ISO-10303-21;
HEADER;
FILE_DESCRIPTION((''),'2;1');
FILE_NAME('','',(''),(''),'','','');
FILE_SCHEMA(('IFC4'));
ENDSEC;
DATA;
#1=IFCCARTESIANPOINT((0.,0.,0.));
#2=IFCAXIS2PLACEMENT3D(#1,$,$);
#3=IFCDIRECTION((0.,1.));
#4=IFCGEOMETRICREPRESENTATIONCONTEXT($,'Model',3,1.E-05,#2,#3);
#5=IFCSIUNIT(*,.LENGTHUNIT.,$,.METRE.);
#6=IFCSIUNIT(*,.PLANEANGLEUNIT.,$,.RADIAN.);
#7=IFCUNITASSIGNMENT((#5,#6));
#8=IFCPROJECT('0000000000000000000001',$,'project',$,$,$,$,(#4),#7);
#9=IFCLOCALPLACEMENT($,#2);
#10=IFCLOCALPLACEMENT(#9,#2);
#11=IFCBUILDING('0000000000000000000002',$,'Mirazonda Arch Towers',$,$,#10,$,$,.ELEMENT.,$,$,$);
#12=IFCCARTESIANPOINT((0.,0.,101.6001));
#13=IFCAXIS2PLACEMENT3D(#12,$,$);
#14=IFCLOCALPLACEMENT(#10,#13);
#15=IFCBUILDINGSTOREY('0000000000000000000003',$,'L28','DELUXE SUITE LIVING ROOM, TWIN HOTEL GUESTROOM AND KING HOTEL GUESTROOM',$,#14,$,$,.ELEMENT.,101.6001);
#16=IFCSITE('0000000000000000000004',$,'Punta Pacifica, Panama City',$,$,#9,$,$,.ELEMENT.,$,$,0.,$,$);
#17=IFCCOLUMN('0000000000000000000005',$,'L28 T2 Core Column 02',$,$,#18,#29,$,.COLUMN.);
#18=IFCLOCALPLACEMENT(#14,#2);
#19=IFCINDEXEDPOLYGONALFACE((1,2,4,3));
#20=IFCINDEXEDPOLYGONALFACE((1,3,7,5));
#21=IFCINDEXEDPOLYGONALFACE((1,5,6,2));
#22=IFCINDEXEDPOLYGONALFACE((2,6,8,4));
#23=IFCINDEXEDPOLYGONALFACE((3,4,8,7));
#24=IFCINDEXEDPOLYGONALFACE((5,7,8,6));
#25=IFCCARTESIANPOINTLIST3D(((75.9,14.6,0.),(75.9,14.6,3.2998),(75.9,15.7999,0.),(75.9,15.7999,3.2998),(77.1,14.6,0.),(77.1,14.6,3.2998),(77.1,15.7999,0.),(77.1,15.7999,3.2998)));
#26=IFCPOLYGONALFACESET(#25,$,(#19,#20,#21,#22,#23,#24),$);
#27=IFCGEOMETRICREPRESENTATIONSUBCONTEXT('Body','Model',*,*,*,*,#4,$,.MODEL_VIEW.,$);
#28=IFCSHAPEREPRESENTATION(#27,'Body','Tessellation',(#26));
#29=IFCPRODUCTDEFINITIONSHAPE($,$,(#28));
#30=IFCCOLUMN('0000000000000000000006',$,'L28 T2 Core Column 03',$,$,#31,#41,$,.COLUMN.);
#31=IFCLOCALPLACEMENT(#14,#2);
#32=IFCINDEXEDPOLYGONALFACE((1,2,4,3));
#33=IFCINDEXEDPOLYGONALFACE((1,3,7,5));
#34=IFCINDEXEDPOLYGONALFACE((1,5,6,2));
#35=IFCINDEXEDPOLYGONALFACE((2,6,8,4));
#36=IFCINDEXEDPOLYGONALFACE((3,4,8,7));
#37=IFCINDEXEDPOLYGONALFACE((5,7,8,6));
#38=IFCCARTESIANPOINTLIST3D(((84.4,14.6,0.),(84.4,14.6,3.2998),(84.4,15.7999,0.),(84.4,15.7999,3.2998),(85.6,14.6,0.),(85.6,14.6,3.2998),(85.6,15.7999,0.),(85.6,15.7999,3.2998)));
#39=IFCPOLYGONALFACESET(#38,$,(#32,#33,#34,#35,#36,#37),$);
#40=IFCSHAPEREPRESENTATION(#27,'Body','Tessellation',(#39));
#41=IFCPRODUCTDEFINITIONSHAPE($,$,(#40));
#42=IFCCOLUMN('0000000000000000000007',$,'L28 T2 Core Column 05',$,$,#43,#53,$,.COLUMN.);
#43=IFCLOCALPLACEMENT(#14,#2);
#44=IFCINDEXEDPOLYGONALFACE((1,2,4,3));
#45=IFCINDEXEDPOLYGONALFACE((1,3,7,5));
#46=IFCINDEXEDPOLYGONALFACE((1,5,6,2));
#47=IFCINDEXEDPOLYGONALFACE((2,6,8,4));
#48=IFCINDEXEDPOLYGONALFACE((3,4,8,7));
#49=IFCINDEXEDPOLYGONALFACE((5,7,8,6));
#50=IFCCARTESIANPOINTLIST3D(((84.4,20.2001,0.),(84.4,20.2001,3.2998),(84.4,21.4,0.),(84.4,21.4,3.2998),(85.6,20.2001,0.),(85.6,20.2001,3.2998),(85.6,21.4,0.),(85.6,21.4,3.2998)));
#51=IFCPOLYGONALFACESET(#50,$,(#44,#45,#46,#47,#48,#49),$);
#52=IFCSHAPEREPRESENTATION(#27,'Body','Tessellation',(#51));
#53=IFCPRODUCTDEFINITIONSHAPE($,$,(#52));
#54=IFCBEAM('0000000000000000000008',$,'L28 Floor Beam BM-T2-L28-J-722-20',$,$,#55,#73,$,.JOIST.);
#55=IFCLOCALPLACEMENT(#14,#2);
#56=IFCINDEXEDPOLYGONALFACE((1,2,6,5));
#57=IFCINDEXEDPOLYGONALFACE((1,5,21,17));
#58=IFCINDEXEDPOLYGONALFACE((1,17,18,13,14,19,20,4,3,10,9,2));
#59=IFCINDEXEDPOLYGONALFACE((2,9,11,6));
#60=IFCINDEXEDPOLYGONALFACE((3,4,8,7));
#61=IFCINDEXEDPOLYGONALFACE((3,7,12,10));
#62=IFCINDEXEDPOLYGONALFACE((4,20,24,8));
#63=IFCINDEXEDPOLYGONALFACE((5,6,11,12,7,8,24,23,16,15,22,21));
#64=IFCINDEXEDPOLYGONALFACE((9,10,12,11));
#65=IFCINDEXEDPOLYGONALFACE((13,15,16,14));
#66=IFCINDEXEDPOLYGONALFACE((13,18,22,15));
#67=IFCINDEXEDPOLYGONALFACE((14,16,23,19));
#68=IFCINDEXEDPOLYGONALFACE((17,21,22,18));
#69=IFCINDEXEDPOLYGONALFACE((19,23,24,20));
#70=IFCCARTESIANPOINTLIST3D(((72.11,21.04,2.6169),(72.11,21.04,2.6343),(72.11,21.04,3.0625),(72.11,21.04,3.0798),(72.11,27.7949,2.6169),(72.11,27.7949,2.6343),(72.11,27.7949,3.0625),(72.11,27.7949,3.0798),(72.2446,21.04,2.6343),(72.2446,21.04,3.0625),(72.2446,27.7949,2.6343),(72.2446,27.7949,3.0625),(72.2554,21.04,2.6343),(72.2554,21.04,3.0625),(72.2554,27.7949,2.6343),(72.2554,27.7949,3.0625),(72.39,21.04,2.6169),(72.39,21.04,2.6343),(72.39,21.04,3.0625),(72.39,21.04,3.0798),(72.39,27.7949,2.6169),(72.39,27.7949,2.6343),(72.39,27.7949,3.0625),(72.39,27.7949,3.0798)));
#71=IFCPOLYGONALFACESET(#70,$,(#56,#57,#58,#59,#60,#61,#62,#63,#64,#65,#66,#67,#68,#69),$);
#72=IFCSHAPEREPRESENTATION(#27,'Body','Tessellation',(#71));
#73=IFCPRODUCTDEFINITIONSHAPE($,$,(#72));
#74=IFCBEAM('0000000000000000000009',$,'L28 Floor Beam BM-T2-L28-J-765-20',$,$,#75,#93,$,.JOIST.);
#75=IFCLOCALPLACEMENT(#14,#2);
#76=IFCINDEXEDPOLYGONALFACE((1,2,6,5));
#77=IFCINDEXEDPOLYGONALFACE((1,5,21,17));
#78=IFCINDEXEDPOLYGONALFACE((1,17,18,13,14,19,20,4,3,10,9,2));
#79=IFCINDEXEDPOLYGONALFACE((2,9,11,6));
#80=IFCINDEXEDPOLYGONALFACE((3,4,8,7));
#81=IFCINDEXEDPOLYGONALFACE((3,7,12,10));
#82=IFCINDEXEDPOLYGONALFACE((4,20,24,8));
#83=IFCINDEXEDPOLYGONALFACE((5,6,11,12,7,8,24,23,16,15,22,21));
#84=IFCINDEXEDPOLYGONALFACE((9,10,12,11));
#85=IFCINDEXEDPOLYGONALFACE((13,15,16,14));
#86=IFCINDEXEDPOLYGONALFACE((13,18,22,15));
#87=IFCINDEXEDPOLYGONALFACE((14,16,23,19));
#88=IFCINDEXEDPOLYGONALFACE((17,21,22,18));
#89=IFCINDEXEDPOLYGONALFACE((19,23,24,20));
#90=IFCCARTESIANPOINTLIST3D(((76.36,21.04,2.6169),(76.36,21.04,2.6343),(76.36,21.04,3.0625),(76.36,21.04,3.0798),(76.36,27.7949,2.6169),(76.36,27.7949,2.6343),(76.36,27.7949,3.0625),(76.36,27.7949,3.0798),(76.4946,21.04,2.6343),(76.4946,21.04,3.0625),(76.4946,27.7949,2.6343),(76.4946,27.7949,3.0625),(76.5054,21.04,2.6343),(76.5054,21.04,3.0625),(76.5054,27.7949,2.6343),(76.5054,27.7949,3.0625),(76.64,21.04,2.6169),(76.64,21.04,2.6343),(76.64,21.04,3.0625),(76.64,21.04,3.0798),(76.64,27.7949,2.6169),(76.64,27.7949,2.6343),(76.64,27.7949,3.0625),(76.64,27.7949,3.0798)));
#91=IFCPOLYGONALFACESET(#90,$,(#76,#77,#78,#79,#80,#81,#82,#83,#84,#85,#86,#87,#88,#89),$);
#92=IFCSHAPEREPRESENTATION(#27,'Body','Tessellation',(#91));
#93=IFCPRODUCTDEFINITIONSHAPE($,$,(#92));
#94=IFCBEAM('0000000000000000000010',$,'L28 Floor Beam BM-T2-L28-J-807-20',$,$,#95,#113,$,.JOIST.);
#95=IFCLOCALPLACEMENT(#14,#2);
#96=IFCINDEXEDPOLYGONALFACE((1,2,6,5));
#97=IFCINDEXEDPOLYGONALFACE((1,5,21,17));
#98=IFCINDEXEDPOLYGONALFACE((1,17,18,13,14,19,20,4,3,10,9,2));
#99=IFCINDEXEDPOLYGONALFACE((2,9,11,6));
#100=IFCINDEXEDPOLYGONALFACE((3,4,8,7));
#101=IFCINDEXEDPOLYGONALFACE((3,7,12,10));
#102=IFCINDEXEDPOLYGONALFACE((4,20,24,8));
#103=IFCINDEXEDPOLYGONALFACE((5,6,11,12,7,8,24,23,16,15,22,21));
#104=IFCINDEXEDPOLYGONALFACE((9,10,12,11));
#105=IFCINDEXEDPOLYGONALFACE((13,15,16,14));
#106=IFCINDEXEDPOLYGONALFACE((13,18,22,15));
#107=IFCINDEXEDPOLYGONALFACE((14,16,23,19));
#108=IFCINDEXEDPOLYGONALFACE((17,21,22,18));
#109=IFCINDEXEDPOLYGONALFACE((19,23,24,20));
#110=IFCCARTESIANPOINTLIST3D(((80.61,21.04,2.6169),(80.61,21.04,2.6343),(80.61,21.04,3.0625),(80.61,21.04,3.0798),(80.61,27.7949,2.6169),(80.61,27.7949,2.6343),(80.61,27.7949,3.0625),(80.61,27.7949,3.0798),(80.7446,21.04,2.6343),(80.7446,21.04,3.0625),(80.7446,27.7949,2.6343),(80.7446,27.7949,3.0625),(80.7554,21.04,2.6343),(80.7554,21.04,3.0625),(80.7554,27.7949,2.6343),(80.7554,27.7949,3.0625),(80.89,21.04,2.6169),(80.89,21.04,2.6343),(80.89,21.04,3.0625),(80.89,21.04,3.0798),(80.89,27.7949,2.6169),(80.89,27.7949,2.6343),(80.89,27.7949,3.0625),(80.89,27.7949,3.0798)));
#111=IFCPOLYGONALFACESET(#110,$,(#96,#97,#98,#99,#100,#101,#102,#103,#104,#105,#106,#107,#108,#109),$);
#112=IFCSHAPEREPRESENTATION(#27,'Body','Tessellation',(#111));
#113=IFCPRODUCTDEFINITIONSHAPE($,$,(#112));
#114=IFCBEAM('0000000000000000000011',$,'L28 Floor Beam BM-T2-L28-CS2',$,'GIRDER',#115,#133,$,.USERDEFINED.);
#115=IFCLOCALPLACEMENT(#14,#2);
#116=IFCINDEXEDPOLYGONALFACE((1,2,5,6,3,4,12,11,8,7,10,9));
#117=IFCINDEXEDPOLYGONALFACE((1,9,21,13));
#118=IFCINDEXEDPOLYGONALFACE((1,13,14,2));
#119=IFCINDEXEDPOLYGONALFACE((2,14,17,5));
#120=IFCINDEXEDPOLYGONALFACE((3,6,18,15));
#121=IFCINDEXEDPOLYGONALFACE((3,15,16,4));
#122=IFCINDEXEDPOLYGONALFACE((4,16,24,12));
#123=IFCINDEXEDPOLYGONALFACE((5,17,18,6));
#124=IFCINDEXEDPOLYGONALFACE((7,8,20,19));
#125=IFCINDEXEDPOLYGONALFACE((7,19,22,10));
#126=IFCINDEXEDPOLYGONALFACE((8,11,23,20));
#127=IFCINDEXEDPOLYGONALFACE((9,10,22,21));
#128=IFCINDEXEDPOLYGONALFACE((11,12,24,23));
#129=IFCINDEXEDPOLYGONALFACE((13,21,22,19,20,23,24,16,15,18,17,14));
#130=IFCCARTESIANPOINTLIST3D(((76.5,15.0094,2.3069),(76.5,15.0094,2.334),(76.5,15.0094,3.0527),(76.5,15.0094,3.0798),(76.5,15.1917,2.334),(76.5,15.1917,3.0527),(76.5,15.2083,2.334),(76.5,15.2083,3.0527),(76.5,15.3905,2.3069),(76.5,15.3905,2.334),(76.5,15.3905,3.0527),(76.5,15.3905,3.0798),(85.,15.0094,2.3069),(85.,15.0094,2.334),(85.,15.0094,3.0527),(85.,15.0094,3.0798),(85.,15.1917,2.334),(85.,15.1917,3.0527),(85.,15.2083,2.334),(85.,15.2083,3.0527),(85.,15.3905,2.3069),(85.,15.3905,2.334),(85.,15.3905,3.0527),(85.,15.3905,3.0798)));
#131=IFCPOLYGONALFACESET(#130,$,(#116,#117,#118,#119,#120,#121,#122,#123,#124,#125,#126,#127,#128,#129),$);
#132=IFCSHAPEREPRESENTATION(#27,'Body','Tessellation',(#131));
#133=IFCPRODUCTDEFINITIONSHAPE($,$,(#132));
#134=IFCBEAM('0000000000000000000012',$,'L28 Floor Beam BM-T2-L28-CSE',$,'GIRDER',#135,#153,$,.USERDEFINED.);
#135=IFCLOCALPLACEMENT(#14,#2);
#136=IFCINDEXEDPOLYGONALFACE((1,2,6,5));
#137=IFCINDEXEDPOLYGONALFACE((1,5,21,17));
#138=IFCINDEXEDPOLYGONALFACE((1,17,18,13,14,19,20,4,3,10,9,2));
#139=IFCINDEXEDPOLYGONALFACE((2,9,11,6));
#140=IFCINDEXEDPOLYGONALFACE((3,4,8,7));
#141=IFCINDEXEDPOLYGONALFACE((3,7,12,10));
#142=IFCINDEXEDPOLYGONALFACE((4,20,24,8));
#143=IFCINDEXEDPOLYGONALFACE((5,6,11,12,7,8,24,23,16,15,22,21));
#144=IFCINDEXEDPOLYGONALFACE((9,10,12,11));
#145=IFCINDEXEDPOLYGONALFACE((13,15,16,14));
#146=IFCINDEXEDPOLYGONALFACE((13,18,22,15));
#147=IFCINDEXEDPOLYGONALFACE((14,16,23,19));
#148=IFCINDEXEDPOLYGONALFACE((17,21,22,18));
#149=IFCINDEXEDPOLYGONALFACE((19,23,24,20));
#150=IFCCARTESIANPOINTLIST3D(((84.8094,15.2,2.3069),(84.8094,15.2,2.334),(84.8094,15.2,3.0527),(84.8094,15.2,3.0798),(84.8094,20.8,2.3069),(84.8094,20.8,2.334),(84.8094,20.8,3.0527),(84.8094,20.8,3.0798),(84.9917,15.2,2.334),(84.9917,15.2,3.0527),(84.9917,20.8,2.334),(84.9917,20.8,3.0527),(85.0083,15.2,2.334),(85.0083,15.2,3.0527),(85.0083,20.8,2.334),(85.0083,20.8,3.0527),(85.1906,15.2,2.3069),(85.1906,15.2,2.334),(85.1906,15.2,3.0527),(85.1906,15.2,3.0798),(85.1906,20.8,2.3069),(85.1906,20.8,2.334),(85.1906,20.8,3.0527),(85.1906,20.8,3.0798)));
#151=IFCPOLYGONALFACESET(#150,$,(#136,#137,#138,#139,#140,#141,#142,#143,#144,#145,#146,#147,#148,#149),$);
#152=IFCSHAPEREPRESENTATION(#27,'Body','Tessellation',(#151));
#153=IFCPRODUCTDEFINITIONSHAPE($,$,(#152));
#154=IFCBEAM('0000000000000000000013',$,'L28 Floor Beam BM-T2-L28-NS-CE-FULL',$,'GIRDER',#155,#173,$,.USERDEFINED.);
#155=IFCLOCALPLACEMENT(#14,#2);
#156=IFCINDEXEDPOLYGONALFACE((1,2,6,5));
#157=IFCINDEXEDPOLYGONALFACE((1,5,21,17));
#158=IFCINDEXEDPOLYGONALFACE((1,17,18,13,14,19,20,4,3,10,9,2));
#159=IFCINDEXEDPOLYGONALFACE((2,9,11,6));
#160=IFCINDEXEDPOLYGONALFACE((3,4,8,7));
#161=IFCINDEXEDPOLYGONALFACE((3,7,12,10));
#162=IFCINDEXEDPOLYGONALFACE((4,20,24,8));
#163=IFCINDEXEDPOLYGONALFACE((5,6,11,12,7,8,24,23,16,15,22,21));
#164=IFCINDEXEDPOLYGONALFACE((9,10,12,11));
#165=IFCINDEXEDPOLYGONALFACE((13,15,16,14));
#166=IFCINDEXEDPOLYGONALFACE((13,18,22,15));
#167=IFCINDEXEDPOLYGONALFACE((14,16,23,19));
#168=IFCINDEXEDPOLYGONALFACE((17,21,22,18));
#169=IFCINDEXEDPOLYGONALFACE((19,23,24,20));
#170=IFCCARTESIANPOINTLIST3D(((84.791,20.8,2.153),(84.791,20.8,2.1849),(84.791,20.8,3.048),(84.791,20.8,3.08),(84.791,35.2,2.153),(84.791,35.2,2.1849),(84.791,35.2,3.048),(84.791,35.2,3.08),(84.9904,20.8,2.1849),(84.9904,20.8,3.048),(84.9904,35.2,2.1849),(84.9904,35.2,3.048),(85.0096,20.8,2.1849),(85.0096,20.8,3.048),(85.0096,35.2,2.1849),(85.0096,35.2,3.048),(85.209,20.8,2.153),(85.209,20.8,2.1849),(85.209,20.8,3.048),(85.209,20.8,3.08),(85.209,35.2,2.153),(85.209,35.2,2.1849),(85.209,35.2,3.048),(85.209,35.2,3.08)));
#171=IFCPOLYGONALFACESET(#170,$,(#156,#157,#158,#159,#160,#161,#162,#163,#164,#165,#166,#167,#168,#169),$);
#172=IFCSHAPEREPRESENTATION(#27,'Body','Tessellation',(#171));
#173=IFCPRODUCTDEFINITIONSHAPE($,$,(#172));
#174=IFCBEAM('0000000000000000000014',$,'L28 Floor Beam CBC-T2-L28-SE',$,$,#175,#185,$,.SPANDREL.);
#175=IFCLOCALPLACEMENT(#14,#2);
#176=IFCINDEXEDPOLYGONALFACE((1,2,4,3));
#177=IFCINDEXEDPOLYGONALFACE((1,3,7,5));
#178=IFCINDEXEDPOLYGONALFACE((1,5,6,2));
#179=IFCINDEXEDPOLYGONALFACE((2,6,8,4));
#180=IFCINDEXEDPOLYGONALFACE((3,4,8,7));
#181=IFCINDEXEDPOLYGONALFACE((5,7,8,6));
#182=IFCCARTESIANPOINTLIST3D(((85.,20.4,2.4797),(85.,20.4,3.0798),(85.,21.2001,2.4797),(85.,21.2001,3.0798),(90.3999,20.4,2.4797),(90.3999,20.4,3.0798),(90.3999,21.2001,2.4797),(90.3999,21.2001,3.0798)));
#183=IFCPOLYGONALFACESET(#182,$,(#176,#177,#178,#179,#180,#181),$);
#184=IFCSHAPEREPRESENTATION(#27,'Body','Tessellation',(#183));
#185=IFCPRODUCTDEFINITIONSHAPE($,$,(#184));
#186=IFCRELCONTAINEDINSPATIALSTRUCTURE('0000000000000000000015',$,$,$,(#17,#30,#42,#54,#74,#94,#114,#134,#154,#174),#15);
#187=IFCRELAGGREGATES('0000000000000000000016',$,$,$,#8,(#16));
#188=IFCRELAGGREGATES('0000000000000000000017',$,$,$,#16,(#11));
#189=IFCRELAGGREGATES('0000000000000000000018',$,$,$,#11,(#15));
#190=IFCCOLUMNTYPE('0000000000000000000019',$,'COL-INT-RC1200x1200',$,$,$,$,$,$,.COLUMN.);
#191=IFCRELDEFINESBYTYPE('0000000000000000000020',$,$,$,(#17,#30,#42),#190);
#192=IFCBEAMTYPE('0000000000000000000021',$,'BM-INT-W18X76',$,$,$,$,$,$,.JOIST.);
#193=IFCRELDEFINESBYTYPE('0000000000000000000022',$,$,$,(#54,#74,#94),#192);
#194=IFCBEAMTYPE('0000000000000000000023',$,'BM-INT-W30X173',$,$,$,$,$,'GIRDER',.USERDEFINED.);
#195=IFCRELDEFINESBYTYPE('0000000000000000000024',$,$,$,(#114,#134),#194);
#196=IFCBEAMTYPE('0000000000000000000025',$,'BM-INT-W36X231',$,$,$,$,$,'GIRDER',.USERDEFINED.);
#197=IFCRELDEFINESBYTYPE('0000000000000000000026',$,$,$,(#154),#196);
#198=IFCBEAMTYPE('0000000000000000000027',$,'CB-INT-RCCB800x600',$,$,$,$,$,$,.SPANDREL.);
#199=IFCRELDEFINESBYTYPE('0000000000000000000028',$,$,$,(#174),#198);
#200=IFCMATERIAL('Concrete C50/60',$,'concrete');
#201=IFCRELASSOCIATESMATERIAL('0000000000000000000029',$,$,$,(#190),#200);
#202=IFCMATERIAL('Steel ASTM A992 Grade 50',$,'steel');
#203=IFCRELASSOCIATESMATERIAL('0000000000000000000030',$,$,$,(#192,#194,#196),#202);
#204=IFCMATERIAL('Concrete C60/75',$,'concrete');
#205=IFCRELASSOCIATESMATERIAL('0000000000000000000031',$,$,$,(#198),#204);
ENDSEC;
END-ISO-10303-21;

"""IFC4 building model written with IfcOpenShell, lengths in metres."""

from ifc_helpers import new_model, si_unit, direction, frame, origin, origin_2d, place, context, subcontext, project, spatial, rectangle, i_section, extrude, material, material_profile, profile_set, type_object, element, save


model = new_model("IFC4")

# Units and contexts
model_context = context("Model", 3, precision=1e-05, world=origin(), true_north=direction((0.0, 1.0)))
body_context = subcontext(model_context, "Body", "Model", "MODEL_VIEW")
ifc_project = project(units=[si_unit("LENGTHUNIT", "METRE"), si_unit("PLANEANGLEUNIT", "RADIAN")], contexts=[model_context])

# Site, building, storey
site_placement = place(None, origin())
site = spatial("IfcSite", under=ifc_project, at=site_placement, Name="Punta Pacifica, Panama City", CompositionType="ELEMENT", RefElevation=0.0)
building_placement = place(site_placement, origin())
building = spatial("IfcBuilding", under=site, at=building_placement, Name="Mirazonda Arch Towers", CompositionType="ELEMENT")
storey_placement = place(building_placement, frame((0.0, 0.0, 101.6001)))
storey = spatial("IfcBuildingStorey", under=building, at=storey_placement, Name="L28", Description="DELUXE SUITE LIVING ROOM, TWIN HOTEL GUESTROOM AND KING HOTEL GUESTROOM", CompositionType="ELEMENT", Elevation=101.6001)

# Columns
ifc_material_1 = material(Name="Concrete C50/60", Category="concrete")
ifc_material_profile_1 = material_profile(ifc_material_1, rectangle(XDim=1.2, YDim=1.2, at=origin_2d()), Name="RC1200x1200")
ifc_profile_set_1 = profile_set([ifc_material_profile_1], Name="Concrete C50/60")
column_type = type_object("IfcColumnType", Name="COL-INT-RC1200x1200", PredefinedType="COLUMN", material=ifc_profile_set_1)
for number, where, z_axis, x_axis, name in (
    (1, (76.5, 15.2, 0.0), (0.0, 0.0, 1.0), (1.0, 0.0, 0.0), "L28 T2 Core Column 02"),
    (2, (85.0, 15.2, 0.0), (0.0, 0.0, 1.0), (1.0, 0.0, 0.0), "L28 T2 Core Column 03"),
    (3, (85.0, 20.8, 0.0), (0.0, 0.0, 1.0), (1.0, 0.0, 0.0), "L28 T2 Core Column 05"),
):
    element("IfcColumn", number, at=place(storey_placement, frame(where, z_axis=z_axis, x_axis=x_axis)), inside=storey, type_object=column_type, Name=name, PredefinedType="COLUMN", context=body_context, shape_type="SweptSolid", body=[
        extrude(rectangle(XDim=1.2, YDim=1.2, at=origin_2d()), origin(), (0.0, 0.0, 1.0), 3.2998),
    ])

# Beams
ifc_material_2 = material(Name="Steel ASTM A992 Grade 50", Category="steel")
ifc_material_profile_2 = material_profile(ifc_material_2, i_section(OverallWidth=0.28, OverallDepth=0.4629, WebThickness=0.0107, FlangeThickness=0.0173, at=origin_2d()), Name="W18X76")
ifc_profile_set_2 = profile_set([ifc_material_profile_2], Name="Steel ASTM A992 Grade 50")
beam_type_1 = type_object("IfcBeamType", Name="BM-INT-W18X76", PredefinedType="JOIST", material=ifc_profile_set_2)
for number, where, z_axis, x_axis, name in (
    (4, (72.25, 21.04, 2.8484), (0.0, 1.0, 0.0), (-1.0, 0.0, 0.0), "L28 Floor Beam BM-T2-L28-J-722-20"),
    (5, (76.5, 21.04, 2.8484), (0.0, 1.0, 0.0), (-1.0, 0.0, 0.0), "L28 Floor Beam BM-T2-L28-J-765-20"),
    (6, (80.75, 21.04, 2.8484), (0.0, 1.0, 0.0), (-1.0, 0.0, 0.0), "L28 Floor Beam BM-T2-L28-J-807-20"),
):
    element("IfcBeam", number, at=place(storey_placement, frame(where, z_axis=z_axis, x_axis=x_axis)), inside=storey, type_object=beam_type_1, Name=name, PredefinedType="JOIST", context=body_context, shape_type="SweptSolid", body=[
        extrude(i_section(OverallWidth=0.28, OverallDepth=0.4629, WebThickness=0.0107, FlangeThickness=0.0173, at=origin_2d()), origin(), (0.0, 0.0, 1.0), 6.7549),
    ])
ifc_material_profile_3 = material_profile(ifc_material_2, i_section(OverallWidth=0.3811, OverallDepth=0.7729, WebThickness=0.0166, FlangeThickness=0.0271, at=origin_2d()), Name="W30X173")
ifc_profile_set_3 = profile_set([ifc_material_profile_3], Name="Steel ASTM A992 Grade 50")
beam_type_2 = type_object("IfcBeamType", Name="BM-INT-W30X173", ElementType="GIRDER", PredefinedType="USERDEFINED", material=ifc_profile_set_3)
beam_1_placement = place(storey_placement, frame((76.5, 15.2, 2.6934), z_axis=(1.0, 0.0, 0.0), x_axis=(0.0, 1.0, 0.0)))
element("IfcBeam", 7, at=beam_1_placement, inside=storey, type_object=beam_type_2, Name="L28 Floor Beam BM-T2-L28-CS2", ObjectType="GIRDER", PredefinedType="USERDEFINED", context=body_context, shape_type="SweptSolid", body=[
    extrude(i_section(OverallWidth=0.3811, OverallDepth=0.7729, WebThickness=0.0166, FlangeThickness=0.0271, at=origin_2d()), origin(), (0.0, 0.0, 1.0), 8.5),
])
beam_2_placement = place(storey_placement, frame((85.0, 15.2, 2.6934), z_axis=(0.0, 1.0, 0.0), x_axis=(-1.0, 0.0, 0.0)))
element("IfcBeam", 8, at=beam_2_placement, inside=storey, type_object=beam_type_2, Name="L28 Floor Beam BM-T2-L28-CSE", ObjectType="GIRDER", PredefinedType="USERDEFINED", context=body_context, shape_type="SweptSolid", body=[
    extrude(i_section(OverallWidth=0.3811, OverallDepth=0.7729, WebThickness=0.0166, FlangeThickness=0.0271, at=origin_2d()), origin(), (0.0, 0.0, 1.0), 5.6001),
])
ifc_material_profile_4 = material_profile(ifc_material_2, i_section(OverallWidth=0.418, OverallDepth=0.927, WebThickness=0.0193, FlangeThickness=0.032, at=origin_2d()), Name="W36X231")
ifc_profile_set_4 = profile_set([ifc_material_profile_4], Name="Steel ASTM A992 Grade 50")
beam_type_3 = type_object("IfcBeamType", Name="BM-INT-W36X231", ElementType="GIRDER", PredefinedType="USERDEFINED", material=ifc_profile_set_4)
beam_3_placement = place(storey_placement, frame((85.0, 20.8, 2.6165), z_axis=(0.0, 1.0, 0.0), x_axis=(-1.0, 0.0, 0.0)))
element("IfcBeam", 9, at=beam_3_placement, inside=storey, type_object=beam_type_3, Name="L28 Floor Beam BM-T2-L28-NS-CE-FULL", ObjectType="GIRDER", PredefinedType="USERDEFINED", context=body_context, shape_type="SweptSolid", body=[
    extrude(i_section(OverallWidth=0.418, OverallDepth=0.927, WebThickness=0.0193, FlangeThickness=0.032, at=origin_2d()), origin(), (0.0, 0.0, 1.0), 14.3999),
])
ifc_material_3 = material(Name="Concrete C60/75", Category="concrete")
ifc_material_profile_5 = material_profile(ifc_material_3, rectangle(XDim=0.8, YDim=0.6001, at=origin_2d()), Name="RCCB800x600")
ifc_profile_set_5 = profile_set([ifc_material_profile_5], Name="Concrete C60/75")
beam_type_4 = type_object("IfcBeamType", Name="CB-INT-RCCB800x600", PredefinedType="SPANDREL", material=ifc_profile_set_5)
beam_4_placement = place(storey_placement, frame((85.0, 20.8, 2.7798), z_axis=(1.0, 0.0, 0.0), x_axis=(0.0, 1.0, 0.0)))
element("IfcBeam", 10, at=beam_4_placement, inside=storey, type_object=beam_type_4, Name="L28 Floor Beam CBC-T2-L28-SE", PredefinedType="SPANDREL", context=body_context, shape_type="SweptSolid", body=[
    extrude(rectangle(XDim=0.8, YDim=0.6001, at=origin_2d()), origin(), (0.0, 0.0, 1.0), 5.3999),
])

save(model, "model.ifc")
